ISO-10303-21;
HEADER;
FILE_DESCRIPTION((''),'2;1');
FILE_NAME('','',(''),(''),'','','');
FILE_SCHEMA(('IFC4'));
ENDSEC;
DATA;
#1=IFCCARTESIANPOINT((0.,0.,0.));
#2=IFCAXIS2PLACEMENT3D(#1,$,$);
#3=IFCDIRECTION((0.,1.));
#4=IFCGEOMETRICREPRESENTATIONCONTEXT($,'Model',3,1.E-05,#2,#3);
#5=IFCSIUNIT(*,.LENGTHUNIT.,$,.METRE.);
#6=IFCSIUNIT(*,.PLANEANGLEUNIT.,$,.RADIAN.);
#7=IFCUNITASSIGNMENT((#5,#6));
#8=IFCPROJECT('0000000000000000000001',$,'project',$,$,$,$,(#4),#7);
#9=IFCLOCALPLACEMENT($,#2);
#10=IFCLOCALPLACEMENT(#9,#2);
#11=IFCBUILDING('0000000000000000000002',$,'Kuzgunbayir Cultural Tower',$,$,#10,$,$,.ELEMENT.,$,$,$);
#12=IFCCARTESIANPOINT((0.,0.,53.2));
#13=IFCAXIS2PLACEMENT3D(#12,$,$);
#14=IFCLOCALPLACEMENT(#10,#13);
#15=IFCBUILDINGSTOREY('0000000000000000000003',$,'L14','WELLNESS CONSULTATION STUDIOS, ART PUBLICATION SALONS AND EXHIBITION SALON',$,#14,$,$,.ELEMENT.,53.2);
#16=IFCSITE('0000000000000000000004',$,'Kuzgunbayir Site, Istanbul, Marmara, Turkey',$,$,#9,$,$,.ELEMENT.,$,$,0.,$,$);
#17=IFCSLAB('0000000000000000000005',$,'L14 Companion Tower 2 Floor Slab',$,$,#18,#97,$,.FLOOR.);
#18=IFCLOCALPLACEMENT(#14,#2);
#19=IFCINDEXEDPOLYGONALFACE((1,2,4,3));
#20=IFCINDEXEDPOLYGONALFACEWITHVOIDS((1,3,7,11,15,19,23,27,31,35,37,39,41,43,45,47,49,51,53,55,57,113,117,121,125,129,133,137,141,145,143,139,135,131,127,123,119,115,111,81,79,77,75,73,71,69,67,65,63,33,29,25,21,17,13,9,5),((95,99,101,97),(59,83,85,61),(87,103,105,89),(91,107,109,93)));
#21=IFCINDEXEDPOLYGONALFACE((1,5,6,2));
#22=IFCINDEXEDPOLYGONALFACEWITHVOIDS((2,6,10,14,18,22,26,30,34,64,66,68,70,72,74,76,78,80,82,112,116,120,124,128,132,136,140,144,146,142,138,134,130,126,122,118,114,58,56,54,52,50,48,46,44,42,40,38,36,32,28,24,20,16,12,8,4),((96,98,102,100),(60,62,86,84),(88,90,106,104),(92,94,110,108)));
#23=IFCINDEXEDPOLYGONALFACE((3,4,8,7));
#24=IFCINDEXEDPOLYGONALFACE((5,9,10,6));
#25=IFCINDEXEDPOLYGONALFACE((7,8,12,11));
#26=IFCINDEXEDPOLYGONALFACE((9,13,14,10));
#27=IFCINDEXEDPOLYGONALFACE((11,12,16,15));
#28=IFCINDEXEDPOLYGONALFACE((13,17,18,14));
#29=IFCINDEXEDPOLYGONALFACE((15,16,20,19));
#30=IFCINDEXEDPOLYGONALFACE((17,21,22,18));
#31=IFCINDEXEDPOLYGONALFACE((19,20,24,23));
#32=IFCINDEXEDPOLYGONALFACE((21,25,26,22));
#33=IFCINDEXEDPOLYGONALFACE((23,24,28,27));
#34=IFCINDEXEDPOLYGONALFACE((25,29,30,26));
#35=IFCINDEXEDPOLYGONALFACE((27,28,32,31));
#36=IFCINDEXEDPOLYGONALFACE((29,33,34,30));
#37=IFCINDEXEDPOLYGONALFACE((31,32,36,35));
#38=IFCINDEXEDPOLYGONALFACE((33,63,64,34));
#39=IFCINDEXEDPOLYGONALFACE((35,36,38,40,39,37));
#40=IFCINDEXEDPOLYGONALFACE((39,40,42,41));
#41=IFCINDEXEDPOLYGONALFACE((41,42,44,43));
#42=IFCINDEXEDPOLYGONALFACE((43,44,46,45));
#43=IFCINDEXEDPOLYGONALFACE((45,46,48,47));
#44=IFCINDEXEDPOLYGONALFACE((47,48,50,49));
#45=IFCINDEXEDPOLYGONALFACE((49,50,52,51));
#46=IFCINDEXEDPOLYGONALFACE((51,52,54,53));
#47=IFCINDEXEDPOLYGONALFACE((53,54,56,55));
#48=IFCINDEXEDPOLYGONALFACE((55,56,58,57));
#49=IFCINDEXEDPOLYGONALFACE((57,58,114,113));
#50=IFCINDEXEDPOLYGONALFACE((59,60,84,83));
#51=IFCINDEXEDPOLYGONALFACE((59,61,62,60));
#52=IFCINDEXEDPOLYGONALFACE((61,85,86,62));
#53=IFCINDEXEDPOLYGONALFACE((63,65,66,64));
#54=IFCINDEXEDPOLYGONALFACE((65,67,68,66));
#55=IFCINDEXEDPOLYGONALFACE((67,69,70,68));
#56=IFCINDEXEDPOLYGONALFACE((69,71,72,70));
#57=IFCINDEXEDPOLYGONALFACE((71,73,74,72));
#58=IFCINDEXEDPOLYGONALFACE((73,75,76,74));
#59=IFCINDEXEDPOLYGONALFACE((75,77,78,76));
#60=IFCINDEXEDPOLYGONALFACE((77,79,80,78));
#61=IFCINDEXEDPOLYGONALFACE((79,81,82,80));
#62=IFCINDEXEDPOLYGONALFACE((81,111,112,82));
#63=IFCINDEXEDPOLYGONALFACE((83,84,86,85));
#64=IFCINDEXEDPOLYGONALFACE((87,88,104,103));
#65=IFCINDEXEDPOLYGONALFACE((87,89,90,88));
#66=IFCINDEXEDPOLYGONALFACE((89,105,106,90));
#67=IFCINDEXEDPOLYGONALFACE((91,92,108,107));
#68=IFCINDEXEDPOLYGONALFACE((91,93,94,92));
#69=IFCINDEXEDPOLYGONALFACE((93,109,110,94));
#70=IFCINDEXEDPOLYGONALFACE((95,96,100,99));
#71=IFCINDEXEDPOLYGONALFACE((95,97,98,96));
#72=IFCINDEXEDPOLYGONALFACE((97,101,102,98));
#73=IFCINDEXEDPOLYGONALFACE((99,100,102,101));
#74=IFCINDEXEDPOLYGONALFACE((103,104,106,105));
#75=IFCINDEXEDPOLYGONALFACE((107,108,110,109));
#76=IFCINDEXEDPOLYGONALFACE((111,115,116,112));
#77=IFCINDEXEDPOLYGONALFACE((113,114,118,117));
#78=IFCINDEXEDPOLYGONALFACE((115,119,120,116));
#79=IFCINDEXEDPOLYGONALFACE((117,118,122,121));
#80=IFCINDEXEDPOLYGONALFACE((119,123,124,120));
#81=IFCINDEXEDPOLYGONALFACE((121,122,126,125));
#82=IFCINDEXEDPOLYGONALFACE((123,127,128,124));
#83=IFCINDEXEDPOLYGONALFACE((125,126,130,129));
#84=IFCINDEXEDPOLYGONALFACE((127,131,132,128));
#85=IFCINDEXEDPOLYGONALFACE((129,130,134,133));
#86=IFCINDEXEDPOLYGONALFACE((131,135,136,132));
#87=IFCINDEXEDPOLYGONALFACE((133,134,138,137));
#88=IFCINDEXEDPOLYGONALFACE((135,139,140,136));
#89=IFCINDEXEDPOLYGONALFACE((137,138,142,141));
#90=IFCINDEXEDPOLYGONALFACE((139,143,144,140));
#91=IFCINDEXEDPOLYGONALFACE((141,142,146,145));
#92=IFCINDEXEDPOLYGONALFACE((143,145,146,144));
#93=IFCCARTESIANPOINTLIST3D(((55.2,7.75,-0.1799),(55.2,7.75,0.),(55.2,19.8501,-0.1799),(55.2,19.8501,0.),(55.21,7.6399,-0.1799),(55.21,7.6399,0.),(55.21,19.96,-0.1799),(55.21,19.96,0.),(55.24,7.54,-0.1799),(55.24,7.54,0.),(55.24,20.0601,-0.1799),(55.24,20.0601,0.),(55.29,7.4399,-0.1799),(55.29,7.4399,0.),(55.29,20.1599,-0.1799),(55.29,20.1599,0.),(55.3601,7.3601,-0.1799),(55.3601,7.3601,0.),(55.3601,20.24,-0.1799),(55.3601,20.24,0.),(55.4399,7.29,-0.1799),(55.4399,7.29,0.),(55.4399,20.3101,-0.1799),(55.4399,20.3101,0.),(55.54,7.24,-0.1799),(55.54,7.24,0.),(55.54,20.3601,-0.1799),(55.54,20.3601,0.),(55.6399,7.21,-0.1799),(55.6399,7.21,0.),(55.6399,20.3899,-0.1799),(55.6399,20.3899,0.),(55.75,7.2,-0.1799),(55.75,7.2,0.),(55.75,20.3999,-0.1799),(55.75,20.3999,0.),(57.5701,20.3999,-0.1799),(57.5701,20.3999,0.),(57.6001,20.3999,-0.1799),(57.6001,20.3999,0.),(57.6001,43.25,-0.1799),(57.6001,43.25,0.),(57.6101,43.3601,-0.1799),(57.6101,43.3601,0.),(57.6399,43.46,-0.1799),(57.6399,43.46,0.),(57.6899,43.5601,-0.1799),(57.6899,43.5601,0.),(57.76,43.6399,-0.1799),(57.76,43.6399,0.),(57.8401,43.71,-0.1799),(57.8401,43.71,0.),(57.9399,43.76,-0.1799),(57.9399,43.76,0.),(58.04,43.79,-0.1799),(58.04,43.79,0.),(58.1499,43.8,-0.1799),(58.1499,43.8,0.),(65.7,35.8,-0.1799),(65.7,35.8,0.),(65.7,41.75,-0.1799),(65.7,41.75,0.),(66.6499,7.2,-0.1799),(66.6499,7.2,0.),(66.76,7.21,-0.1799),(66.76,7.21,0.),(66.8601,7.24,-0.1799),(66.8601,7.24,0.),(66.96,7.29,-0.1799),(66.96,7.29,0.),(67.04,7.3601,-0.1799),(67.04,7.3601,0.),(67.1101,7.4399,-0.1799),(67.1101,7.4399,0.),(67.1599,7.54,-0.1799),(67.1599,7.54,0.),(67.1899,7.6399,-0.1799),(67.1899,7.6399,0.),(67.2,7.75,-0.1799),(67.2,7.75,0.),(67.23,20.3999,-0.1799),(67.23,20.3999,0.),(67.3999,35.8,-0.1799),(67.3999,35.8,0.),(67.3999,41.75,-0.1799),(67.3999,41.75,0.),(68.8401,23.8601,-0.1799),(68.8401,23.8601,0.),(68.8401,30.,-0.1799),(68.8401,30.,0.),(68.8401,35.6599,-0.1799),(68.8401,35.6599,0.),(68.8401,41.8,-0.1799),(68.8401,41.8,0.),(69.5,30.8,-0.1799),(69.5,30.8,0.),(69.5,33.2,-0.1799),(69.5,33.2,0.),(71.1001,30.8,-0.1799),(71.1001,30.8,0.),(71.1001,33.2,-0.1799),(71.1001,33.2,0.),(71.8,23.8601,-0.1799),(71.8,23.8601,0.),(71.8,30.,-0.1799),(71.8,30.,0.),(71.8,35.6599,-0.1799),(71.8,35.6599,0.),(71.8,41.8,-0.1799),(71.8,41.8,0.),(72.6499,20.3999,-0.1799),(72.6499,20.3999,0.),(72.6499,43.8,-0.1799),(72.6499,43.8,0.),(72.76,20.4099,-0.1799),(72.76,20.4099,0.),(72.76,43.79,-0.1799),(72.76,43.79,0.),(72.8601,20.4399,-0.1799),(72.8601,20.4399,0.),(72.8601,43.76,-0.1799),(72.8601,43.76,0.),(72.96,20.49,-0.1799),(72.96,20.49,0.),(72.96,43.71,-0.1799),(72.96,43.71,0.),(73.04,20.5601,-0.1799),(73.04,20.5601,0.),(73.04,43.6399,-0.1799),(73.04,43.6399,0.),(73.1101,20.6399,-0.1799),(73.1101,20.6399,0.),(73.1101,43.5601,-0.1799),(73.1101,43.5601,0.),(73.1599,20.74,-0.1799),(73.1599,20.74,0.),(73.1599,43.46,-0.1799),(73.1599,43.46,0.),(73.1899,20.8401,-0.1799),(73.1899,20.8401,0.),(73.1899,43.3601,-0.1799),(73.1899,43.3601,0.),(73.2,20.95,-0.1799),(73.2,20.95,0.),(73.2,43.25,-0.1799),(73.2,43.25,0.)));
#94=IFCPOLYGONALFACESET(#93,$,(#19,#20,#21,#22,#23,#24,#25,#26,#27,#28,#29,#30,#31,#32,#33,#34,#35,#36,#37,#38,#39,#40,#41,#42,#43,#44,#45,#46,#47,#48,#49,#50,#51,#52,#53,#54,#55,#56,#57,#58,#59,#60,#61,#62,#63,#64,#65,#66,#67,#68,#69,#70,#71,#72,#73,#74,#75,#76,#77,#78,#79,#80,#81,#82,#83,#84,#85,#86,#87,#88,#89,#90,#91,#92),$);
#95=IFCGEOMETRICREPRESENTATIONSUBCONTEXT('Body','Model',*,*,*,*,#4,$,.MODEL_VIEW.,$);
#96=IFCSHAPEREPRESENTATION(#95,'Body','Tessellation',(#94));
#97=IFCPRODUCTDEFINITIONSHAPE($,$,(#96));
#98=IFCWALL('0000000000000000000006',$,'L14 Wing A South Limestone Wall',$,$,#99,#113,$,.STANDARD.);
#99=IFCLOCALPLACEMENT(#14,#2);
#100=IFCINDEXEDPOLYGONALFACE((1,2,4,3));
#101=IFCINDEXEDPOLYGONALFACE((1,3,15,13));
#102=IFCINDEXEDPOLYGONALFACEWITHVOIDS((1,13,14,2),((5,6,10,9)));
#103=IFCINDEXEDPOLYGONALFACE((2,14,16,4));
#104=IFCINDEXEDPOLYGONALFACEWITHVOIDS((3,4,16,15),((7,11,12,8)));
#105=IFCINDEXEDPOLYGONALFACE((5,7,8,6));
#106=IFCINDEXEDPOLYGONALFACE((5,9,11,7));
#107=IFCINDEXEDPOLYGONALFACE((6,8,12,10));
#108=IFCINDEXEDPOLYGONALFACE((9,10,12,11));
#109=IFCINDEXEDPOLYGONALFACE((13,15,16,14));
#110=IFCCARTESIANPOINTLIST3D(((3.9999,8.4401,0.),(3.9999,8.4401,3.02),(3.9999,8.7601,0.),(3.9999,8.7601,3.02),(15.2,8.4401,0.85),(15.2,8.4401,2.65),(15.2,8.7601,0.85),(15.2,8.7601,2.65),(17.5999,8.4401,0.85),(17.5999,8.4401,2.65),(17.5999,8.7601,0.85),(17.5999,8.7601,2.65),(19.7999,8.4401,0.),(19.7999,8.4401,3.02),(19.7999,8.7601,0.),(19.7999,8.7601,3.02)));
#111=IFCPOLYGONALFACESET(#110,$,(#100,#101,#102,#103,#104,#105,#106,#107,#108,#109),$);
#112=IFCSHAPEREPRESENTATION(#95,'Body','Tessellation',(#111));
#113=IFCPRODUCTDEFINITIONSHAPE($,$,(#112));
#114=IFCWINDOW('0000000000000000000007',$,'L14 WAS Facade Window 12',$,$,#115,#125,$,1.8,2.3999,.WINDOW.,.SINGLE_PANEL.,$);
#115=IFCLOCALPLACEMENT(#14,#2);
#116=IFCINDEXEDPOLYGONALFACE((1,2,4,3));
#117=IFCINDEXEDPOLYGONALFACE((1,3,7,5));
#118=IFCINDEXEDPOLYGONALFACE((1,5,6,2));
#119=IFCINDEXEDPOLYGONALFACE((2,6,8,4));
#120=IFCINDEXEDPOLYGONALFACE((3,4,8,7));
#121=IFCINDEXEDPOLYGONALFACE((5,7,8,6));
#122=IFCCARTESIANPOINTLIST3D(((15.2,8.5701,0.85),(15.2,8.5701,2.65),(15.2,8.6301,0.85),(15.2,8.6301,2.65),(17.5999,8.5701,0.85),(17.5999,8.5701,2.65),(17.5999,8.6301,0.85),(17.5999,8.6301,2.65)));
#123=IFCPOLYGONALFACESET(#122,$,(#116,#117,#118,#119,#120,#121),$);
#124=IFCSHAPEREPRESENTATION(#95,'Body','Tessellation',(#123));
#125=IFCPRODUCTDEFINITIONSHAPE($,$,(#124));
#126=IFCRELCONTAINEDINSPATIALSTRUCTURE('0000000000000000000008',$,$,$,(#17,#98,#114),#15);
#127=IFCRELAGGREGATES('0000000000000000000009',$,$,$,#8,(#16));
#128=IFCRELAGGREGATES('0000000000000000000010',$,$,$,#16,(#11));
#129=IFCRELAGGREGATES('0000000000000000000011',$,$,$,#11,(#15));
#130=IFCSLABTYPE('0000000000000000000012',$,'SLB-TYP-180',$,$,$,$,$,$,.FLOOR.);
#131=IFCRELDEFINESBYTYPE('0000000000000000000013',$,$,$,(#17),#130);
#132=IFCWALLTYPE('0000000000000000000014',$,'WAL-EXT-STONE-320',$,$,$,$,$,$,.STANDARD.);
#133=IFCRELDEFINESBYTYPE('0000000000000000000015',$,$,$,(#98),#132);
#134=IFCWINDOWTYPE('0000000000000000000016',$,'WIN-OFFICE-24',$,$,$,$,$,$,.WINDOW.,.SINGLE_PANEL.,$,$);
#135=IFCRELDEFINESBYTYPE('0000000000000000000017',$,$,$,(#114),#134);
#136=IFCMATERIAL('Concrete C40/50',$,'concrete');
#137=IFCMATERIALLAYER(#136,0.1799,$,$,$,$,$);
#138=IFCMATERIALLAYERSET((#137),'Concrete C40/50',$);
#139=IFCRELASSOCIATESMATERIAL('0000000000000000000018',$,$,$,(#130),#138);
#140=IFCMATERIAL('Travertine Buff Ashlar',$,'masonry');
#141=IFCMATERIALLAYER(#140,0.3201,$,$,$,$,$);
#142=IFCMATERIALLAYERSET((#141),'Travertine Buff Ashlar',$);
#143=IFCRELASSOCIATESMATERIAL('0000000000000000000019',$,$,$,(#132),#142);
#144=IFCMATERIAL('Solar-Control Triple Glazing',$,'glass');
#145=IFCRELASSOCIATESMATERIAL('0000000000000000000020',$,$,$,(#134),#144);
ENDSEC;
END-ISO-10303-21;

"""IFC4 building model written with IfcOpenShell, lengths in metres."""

from ifc_helpers import new_model, si_unit, direction, frame, frame_2d, origin, place, context, subcontext, project, spatial, polyline, rectangle, outline, extrude, material, layer, layer_set, type_object, element, fill, save


model = new_model("IFC4")

# Units and contexts
model_context = context("Model", 3, precision=1e-05, world=origin(), true_north=direction((0.0, 1.0)))
body_context = subcontext(model_context, "Body", "Model", "MODEL_VIEW")
ifc_project = project(units=[si_unit("LENGTHUNIT", "METRE"), si_unit("PLANEANGLEUNIT", "RADIAN")], contexts=[model_context])

# Site, building, storey
site_placement = place(None, origin())
site = spatial("IfcSite", under=ifc_project, at=site_placement, Name="Kuzgunbayir Site, Istanbul, Marmara, Turkey", CompositionType="ELEMENT", RefElevation=0.0)
building_placement = place(site_placement, origin())
building = spatial("IfcBuilding", under=site, at=building_placement, Name="Kuzgunbayir Cultural Tower", CompositionType="ELEMENT")
storey_placement = place(building_placement, frame((0.0, 0.0, 53.2)))
storey = spatial("IfcBuildingStorey", under=building, at=storey_placement, Name="L14", Description="WELLNESS CONSULTATION STUDIOS, ART PUBLICATION SALONS AND EXHIBITION SALON", CompositionType="ELEMENT", Elevation=53.2)

# Shared definitions
ifc_material_1 = material(Name="Concrete C40/50", Category="concrete")

# Slab
ifc_layer_1 = layer(ifc_material_1, 0.1799)
ifc_layer_set_1 = layer_set([ifc_layer_1], Name="Concrete C40/50")
slab_type_1 = type_object("IfcSlabType", Name="SLB-TYP-180", PredefinedType="FLOOR", material=ifc_layer_set_1)
slab_1_placement = place(storey_placement, frame((0.0, 0.0, -0.1799)))
element("IfcSlab", 1, at=slab_1_placement, inside=storey, type_object=slab_type_1, Name="L14 Companion Tower 2 Floor Slab", PredefinedType="FLOOR", context=body_context, shape_type="SweptSolid", body=[
    extrude(outline(polyline([(57.6001, 20.3999), (57.6001, 43.25), (57.6101, 43.3601), (57.6399, 43.46), (57.6899, 43.5601), (57.76, 43.6399), (57.8401, 43.71), (57.9399, 43.76), (58.04, 43.79), (58.1499, 43.8), (72.6499, 43.8), (72.76, 43.79), (72.8601, 43.76), (72.96, 43.71), (73.04, 43.6399), (73.1101, 43.5601), (73.1599, 43.46), (73.1899, 43.3601), (73.2, 43.25), (73.2, 20.95), (73.1899, 20.8401), (73.1599, 20.74), (73.1101, 20.6399), (73.04, 20.5601), (72.96, 20.49), (72.8601, 20.4399), (72.76, 20.4099), (72.6499, 20.3999), (67.23, 20.3999), (67.2, 7.75), (67.1899, 7.6399), (67.1599, 7.54), (67.1101, 7.4399), (67.04, 7.3601), (66.96, 7.29), (66.8601, 7.24), (66.76, 7.21), (66.6499, 7.2), (55.75, 7.2), (55.6399, 7.21), (55.54, 7.24), (55.4399, 7.29), (55.3601, 7.3601), (55.29, 7.4399), (55.24, 7.54), (55.21, 7.6399), (55.2, 7.75), (55.2, 19.8501), (55.21, 19.96), (55.24, 20.0601), (55.29, 20.1599), (55.3601, 20.24), (55.4399, 20.3101), (55.54, 20.3601), (55.6399, 20.3899), (55.75, 20.3999), (57.5701, 20.3999), (57.6001, 20.3999)]), holes=[polyline([(68.8401, 23.8601), (68.8401, 30.0), (71.8, 30.0), (71.8, 23.8601), (68.8401, 23.8601)]), polyline([(68.8401, 35.6599), (68.8401, 41.8), (71.8, 41.8), (71.8, 35.6599), (68.8401, 35.6599)]), polyline([(65.7, 35.8), (65.7, 41.75), (67.3999, 41.75), (67.3999, 35.8), (65.7, 35.8)]), polyline([(69.5, 30.8), (69.5, 33.2), (71.1001, 33.2), (71.1001, 30.8), (69.5, 30.8)])]), origin(), (0.0, 0.0, 1.0), 0.1799),
])

# Wall, opening, window
ifc_material_2 = material(Name="Travertine Buff Ashlar", Category="masonry")
ifc_layer_2 = layer(ifc_material_2, 0.3201)
ifc_layer_set_2 = layer_set([ifc_layer_2], Name="Travertine Buff Ashlar")
wall_type_1 = type_object("IfcWallType", Name="WAL-EXT-STONE-320", PredefinedType="STANDARD", material=ifc_layer_set_2)
wall_1_placement = place(storey_placement, frame((4.0, 8.6001, 0.0), z_axis=(0.0, 0.0, 1.0), x_axis=(1.0, 0.0, 0.0)))
wall_1 = element("IfcWall", 2, at=wall_1_placement, inside=storey, type_object=wall_type_1, Name="L14 Wing A South Limestone Wall", PredefinedType="STANDARD", context=body_context, shape_type="SweptSolid", body=[
    extrude(rectangle(XDim=15.8, YDim=0.3201, at=frame_2d((7.8999, 0.0))), origin(), (0.0, 0.0, 1.0), 3.02),
])
opening_1_placement = place(wall_1_placement, frame((11.2, 0.0, 0.8501)))
opening_1 = element("IfcOpeningElement", 3, at=opening_1_placement, cuts=wall_1, PredefinedType="OPENING", context=body_context, shape_type="SweptSolid", body=[
    extrude(rectangle(XDim=2.3999, YDim=1.8, at=frame_2d((1.2, 0.8999))), frame((0.0, 0.1699, 0.0), z_axis=(0.0, -1.0, 0.0), x_axis=(1.0, 0.0, 0.0)), (0.0, 0.0, 1.0), 0.3401),
])
ifc_material_3 = material(Name="Solar-Control Triple Glazing", Category="glass")
window_type = type_object("IfcWindowType", Name="WIN-OFFICE-24", PartitioningType="SINGLE_PANEL", PredefinedType="WINDOW", material=ifc_material_3)
window_placement = place(opening_1_placement, origin())
window = element("IfcWindow", 4, at=window_placement, inside=storey, type_object=window_type, Name="L14 WAS Facade Window 12", OverallHeight=1.8, OverallWidth=2.3999, PartitioningType="SINGLE_PANEL", PredefinedType="WINDOW", context=body_context, shape_type="SweptSolid", body=[
    extrude(rectangle(XDim=2.3999, YDim=1.8, at=frame_2d((1.2, 0.8999))), frame((0.0, 0.03, 0.0), z_axis=(0.0, -1.0, 0.0), x_axis=(1.0, 0.0, 0.0)), (0.0, 0.0, 1.0), 0.0601),
])
fill(opening_1, window)

save(model, "model.ifc")
